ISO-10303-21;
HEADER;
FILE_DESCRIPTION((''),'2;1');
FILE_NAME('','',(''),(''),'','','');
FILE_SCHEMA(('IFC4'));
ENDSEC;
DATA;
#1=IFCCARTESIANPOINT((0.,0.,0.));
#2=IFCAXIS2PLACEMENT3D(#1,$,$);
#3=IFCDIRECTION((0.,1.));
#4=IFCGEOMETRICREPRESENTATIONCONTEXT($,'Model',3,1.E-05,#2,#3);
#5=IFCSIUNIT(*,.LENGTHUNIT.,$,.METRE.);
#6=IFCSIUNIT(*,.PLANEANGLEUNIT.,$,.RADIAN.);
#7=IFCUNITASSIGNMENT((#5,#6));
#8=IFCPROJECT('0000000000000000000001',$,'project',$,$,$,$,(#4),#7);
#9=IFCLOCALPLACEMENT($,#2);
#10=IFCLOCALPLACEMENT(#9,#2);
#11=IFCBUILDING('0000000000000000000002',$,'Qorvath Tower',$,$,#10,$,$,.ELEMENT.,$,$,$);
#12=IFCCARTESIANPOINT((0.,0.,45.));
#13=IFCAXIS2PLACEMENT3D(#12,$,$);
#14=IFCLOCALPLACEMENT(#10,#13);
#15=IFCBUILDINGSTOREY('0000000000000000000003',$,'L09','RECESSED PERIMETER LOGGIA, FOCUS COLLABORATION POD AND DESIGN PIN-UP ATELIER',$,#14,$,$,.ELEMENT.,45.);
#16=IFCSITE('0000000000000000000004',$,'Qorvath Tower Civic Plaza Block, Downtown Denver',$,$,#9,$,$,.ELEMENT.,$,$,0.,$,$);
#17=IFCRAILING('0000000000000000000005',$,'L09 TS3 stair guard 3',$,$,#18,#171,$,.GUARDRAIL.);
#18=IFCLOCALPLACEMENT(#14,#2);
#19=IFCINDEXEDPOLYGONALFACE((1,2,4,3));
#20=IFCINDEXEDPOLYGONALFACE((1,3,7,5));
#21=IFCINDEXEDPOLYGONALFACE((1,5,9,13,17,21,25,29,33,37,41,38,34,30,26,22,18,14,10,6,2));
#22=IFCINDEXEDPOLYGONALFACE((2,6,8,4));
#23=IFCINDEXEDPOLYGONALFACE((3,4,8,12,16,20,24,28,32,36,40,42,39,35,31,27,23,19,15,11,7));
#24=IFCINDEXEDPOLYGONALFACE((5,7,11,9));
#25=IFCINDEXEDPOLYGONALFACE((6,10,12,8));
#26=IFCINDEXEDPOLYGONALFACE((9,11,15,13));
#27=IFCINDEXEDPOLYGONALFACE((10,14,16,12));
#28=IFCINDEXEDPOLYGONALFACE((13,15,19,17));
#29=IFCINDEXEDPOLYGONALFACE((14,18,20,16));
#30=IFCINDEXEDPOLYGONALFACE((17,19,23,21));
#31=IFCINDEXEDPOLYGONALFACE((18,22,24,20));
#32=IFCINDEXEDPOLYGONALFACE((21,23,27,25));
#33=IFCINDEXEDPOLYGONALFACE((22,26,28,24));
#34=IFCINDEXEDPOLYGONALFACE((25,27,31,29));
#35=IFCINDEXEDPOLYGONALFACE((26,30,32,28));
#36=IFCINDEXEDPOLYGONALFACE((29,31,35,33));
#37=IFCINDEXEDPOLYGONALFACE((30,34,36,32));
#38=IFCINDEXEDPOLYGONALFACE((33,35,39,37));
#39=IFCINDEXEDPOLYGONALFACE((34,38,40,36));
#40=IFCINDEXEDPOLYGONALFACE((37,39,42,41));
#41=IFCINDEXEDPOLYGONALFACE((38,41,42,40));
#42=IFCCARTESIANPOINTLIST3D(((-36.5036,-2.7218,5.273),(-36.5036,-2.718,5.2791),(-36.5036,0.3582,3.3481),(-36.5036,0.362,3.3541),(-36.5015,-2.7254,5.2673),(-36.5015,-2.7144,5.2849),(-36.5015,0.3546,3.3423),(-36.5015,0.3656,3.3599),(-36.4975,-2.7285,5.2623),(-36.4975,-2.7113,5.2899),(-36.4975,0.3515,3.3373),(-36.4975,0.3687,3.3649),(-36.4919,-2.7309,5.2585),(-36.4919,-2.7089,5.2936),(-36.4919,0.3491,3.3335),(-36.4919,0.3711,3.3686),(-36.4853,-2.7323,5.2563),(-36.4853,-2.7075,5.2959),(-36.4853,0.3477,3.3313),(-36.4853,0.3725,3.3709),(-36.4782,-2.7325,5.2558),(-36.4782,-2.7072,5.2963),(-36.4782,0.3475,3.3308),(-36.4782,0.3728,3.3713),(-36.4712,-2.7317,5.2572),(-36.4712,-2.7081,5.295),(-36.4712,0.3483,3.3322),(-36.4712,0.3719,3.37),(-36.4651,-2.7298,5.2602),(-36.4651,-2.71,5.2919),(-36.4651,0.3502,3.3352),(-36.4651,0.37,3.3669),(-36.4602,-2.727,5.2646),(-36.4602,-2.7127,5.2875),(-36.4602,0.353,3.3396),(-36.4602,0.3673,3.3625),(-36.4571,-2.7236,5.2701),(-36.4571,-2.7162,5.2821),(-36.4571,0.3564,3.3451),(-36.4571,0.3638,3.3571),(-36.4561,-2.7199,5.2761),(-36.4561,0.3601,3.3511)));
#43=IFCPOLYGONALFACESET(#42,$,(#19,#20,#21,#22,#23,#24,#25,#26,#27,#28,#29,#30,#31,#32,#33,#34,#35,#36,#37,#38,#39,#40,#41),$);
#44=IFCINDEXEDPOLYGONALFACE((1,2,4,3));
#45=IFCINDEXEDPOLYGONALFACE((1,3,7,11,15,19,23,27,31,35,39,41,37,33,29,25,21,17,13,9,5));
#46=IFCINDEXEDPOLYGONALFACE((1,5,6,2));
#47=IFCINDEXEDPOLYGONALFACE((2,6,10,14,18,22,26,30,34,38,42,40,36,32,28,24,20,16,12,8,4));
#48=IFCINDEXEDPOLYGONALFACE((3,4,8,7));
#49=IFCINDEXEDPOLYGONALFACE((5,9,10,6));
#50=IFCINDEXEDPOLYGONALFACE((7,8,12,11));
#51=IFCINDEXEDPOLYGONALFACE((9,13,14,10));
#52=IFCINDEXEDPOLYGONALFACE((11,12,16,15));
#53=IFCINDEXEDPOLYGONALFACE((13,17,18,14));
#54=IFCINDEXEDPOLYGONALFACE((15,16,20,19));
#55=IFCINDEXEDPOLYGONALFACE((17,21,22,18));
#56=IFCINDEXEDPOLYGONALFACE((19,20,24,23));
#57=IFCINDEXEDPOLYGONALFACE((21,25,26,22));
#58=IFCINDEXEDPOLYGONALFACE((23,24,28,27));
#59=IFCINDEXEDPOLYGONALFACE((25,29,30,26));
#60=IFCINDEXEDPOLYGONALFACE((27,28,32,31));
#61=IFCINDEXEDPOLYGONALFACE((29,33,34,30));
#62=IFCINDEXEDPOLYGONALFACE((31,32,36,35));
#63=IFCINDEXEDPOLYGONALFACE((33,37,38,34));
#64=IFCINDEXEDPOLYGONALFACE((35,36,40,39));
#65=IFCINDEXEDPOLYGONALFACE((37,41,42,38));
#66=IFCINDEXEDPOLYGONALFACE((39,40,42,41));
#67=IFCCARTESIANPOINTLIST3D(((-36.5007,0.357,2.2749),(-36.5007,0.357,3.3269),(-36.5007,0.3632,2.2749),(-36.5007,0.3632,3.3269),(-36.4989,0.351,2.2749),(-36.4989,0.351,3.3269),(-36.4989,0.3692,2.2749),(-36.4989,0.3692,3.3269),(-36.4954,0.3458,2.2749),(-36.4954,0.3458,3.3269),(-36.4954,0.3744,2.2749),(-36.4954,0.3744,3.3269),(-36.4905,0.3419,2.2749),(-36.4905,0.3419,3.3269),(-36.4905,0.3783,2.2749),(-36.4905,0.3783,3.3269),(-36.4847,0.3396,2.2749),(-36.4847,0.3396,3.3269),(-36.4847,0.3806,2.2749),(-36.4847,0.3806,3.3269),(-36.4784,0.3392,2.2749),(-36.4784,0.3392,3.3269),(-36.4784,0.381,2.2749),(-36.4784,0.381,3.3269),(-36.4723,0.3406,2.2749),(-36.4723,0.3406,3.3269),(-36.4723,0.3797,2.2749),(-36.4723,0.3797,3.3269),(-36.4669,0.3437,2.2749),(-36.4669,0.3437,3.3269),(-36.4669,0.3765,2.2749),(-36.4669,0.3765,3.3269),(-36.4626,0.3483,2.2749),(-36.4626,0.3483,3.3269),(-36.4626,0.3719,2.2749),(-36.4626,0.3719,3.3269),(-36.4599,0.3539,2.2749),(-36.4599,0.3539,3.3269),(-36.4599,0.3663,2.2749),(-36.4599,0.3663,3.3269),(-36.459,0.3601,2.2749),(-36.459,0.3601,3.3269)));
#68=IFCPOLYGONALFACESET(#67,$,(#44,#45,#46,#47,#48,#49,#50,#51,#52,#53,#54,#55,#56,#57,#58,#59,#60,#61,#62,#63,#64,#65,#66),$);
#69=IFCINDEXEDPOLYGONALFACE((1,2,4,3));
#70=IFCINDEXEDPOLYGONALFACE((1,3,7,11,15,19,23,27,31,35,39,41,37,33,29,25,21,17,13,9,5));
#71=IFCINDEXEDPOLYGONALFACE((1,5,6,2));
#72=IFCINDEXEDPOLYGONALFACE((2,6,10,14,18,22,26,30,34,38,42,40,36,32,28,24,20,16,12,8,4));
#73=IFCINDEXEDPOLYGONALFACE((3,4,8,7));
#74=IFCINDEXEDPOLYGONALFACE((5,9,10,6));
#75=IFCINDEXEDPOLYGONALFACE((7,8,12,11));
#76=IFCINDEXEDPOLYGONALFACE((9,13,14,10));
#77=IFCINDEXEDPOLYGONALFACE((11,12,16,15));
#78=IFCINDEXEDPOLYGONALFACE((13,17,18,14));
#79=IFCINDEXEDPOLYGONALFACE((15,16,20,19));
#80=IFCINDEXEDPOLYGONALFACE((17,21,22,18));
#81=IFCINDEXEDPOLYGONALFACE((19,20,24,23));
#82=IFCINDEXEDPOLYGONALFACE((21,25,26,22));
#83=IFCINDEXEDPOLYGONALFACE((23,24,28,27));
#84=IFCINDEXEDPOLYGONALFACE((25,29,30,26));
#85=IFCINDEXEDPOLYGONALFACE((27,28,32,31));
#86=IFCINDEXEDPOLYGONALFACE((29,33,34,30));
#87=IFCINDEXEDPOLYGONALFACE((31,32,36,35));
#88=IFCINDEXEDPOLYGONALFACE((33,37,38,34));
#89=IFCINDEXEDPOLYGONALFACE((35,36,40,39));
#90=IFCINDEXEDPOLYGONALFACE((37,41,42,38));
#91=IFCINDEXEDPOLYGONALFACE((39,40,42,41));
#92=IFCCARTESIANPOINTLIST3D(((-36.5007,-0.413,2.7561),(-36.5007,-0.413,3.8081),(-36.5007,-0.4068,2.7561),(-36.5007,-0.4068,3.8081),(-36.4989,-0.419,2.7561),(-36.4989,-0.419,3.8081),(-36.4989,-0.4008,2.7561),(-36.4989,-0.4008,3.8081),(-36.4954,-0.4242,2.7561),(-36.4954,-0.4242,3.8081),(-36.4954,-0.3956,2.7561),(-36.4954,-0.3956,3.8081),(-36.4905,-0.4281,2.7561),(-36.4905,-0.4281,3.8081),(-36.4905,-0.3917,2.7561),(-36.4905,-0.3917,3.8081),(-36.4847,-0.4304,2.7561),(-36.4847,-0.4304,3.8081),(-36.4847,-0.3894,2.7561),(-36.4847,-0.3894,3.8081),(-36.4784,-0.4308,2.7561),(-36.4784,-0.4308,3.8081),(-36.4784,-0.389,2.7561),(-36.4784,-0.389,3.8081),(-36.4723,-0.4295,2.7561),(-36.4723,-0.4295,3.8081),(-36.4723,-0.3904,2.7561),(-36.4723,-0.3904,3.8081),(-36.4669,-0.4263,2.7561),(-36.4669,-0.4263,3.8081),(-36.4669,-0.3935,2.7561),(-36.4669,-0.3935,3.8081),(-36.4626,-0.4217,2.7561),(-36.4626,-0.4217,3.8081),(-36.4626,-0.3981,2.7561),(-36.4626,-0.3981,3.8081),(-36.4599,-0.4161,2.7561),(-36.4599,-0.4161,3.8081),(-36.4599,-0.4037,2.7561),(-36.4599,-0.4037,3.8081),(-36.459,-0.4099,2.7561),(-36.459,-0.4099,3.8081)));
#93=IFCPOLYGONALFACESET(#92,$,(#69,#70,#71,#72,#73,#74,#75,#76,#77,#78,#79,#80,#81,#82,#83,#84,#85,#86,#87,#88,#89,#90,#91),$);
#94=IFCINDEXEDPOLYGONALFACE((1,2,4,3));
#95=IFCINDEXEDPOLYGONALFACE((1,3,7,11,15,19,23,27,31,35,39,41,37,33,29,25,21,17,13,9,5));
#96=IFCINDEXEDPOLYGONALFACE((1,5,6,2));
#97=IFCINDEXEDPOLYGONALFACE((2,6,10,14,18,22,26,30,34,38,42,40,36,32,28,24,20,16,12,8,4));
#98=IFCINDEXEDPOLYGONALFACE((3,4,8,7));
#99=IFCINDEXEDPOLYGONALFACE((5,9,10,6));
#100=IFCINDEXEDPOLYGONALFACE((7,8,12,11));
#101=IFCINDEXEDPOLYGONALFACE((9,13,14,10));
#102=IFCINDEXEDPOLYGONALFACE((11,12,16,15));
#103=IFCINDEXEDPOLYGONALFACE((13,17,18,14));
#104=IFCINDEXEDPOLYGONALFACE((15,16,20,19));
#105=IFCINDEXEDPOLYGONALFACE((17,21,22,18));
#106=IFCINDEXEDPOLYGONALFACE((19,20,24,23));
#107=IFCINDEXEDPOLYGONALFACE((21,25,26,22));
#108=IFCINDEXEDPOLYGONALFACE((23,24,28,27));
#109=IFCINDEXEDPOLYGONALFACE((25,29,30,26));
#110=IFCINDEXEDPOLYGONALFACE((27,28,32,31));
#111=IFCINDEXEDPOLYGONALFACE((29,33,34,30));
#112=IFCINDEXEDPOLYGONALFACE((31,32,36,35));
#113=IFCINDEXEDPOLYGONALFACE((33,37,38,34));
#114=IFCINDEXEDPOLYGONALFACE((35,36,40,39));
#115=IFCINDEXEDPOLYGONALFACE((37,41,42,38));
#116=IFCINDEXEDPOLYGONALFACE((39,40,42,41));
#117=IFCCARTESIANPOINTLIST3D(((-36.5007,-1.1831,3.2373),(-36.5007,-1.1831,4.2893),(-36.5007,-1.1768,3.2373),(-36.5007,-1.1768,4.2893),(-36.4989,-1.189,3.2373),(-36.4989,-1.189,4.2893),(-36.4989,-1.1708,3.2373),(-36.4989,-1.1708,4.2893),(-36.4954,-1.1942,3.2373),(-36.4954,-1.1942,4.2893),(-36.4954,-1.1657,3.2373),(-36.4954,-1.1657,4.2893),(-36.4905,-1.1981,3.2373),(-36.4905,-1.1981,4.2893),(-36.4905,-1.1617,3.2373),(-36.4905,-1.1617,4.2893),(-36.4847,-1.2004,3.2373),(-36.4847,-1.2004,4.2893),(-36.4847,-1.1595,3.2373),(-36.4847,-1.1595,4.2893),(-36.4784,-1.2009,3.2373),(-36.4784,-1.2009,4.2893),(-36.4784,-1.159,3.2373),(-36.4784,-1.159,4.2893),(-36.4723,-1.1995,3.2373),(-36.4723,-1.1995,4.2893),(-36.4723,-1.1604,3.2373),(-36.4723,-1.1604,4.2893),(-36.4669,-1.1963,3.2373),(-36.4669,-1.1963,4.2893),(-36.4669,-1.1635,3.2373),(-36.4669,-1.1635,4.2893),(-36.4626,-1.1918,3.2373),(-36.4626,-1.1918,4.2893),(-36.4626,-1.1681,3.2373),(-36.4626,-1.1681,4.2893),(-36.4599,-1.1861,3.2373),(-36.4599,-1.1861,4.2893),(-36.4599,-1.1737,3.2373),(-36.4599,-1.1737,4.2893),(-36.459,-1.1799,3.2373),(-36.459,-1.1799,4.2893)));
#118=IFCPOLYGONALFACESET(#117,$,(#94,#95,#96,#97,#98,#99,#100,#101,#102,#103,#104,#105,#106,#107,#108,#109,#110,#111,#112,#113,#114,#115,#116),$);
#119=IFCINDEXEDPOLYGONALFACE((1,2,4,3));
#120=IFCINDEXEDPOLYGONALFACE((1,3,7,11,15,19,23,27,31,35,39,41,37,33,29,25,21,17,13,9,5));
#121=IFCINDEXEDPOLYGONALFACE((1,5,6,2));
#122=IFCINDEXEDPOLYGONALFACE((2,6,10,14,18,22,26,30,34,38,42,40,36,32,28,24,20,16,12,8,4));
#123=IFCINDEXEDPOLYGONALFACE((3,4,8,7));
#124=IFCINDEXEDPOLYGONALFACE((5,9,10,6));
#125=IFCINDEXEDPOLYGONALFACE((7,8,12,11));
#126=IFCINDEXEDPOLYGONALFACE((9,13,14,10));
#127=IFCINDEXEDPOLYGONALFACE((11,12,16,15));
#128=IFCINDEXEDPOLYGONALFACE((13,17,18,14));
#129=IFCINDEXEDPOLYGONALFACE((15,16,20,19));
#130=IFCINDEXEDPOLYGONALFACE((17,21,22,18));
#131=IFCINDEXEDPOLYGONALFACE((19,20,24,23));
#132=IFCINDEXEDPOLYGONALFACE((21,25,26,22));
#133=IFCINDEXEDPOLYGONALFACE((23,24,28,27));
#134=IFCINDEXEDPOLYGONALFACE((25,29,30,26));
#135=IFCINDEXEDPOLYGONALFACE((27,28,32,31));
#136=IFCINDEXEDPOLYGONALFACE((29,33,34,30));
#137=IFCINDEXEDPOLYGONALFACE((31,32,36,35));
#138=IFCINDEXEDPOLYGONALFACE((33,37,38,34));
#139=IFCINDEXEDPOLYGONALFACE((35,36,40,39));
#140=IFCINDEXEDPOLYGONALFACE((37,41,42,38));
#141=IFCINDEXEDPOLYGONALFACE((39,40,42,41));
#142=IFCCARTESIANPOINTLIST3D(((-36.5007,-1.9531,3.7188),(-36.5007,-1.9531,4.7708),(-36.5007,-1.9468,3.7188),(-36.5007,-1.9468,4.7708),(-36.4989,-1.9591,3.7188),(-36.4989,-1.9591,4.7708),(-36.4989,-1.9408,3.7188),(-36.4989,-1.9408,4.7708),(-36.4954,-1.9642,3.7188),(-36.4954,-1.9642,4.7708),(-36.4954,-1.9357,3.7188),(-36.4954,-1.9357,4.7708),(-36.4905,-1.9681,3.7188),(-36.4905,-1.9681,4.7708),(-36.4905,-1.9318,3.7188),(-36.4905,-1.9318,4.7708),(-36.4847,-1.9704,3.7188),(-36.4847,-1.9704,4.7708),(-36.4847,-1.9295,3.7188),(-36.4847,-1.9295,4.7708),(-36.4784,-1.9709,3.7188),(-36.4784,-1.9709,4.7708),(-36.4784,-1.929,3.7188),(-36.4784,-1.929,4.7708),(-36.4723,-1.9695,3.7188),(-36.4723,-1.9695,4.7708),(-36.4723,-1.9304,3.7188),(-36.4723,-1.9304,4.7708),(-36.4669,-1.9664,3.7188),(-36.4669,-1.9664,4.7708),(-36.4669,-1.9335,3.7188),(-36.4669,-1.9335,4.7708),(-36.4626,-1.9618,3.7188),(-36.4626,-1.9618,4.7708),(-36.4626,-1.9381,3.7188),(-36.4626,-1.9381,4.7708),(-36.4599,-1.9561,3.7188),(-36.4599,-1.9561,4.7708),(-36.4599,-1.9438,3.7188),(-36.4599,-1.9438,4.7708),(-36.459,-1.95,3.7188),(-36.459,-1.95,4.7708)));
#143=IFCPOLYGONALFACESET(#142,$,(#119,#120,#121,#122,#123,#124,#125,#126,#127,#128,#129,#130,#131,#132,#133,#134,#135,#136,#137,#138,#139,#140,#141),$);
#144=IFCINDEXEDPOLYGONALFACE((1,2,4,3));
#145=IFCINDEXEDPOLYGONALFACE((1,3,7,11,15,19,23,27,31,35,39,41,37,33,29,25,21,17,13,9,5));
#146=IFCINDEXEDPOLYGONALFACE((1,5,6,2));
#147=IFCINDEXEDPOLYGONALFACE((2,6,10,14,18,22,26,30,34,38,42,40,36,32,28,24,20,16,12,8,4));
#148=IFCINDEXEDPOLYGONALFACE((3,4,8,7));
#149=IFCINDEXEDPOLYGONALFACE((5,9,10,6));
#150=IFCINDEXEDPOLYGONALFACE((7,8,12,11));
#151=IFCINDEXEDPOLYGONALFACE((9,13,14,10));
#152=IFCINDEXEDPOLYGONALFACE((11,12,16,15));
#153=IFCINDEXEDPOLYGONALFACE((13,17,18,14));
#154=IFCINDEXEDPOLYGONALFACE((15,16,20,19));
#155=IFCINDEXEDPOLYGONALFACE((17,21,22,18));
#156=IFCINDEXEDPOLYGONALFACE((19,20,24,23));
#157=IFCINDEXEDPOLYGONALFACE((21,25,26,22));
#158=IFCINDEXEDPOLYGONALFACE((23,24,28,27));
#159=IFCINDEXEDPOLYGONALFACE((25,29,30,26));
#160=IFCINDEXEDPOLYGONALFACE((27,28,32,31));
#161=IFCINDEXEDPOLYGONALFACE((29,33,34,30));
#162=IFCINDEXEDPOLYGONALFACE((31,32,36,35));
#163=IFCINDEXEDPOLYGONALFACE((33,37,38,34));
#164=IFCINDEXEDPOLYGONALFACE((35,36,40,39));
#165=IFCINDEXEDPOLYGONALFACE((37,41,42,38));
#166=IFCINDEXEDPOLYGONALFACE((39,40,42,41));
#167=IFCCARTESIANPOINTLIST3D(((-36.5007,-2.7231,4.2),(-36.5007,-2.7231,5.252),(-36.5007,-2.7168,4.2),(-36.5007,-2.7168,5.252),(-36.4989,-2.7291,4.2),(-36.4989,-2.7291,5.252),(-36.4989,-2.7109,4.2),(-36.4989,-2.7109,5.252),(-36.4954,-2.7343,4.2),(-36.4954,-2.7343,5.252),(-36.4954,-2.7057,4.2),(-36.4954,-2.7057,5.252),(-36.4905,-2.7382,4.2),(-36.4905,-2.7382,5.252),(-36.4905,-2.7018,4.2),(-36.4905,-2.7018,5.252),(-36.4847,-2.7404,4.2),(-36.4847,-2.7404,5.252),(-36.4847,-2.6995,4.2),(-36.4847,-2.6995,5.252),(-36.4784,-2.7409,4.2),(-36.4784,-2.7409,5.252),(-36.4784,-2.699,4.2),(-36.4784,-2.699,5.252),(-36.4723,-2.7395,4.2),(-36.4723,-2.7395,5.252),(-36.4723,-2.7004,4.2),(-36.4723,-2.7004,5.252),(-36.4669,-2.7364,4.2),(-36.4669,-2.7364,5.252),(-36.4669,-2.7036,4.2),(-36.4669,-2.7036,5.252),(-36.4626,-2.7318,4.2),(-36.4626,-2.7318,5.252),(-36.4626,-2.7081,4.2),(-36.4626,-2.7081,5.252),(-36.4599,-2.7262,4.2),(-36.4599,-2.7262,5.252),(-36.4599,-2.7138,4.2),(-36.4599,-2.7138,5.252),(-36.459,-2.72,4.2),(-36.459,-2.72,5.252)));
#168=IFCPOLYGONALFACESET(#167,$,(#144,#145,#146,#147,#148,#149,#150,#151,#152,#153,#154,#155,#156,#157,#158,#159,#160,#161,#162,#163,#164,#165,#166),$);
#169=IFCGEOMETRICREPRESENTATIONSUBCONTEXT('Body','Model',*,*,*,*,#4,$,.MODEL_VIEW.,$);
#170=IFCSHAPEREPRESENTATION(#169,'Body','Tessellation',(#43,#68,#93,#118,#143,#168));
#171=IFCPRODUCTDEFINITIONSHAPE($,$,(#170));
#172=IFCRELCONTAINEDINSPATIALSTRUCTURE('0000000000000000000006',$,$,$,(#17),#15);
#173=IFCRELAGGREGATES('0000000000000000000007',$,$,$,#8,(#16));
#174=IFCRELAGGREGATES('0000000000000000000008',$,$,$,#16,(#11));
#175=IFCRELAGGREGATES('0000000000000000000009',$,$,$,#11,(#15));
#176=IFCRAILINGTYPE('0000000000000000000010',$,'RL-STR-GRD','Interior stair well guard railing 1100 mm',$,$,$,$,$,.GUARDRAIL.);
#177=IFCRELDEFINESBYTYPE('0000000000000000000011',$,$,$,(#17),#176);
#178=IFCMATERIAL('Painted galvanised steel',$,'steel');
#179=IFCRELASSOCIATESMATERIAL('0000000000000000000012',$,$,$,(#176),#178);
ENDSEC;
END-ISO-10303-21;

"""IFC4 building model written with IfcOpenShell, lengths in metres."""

from ifc_helpers import new_model, si_unit, direction, frame, origin, origin_2d, place, context, subcontext, project, spatial, circle, extrude, material, type_object, element, save


model = new_model("IFC4")

# Units and contexts
model_context = context("Model", 3, precision=1e-05, world=origin(), true_north=direction((0.0, 1.0)))
body_context = subcontext(model_context, "Body", "Model", "MODEL_VIEW")
ifc_project = project(units=[si_unit("LENGTHUNIT", "METRE"), si_unit("PLANEANGLEUNIT", "RADIAN")], contexts=[model_context])

# Site, building, storey
site_placement = place(None, origin())
site = spatial("IfcSite", under=ifc_project, at=site_placement, Name="Qorvath Tower Civic Plaza Block, Downtown Denver", CompositionType="ELEMENT", RefElevation=0.0)
building_placement = place(site_placement, origin())
building = spatial("IfcBuilding", under=site, at=building_placement, Name="Qorvath Tower", CompositionType="ELEMENT")
storey_placement = place(building_placement, frame((0.0, 0.0, 45.0)))
storey = spatial("IfcBuildingStorey", under=building, at=storey_placement, Name="L09", Description="RECESSED PERIMETER LOGGIA, FOCUS COLLABORATION POD AND DESIGN PIN-UP ATELIER", CompositionType="ELEMENT", Elevation=45.0)

# Railing
ifc_material_1 = material(Name="Painted galvanised steel", Category="steel")
railing_type_1 = type_object("IfcRailingType", Name="RL-STR-GRD", Description="Interior stair well guard railing 1100 mm", PredefinedType="GUARDRAIL", material=ifc_material_1)
railing_1_placement = place(storey_placement, frame((-36.48, 0.3601, 2.2749)))
element("IfcRailing", 1, at=railing_1_placement, inside=storey, type_object=railing_type_1, Name="L09 TS3 stair guard 3", PredefinedType="GUARDRAIL", context=body_context, shape_type="SweptSolid", body=[
    extrude(circle(Radius=0.0239, at=origin_2d()), frame((0.0, 0.0, 1.0762), z_axis=(0.0, -0.847998, 0.529999), x_axis=(1.0, 0.0, 0.0)), (0.0, 0.0, 1.0), 3.6321),
    extrude(circle(Radius=0.021, at=origin_2d()), origin(), (0.0, 0.0, 1.0), 1.052),
    extrude(circle(Radius=0.021, at=origin_2d()), frame((0.0, -0.77, 0.4812)), (0.0, 0.0, 1.0), 1.052),
    extrude(circle(Radius=0.021, at=origin_2d()), frame((0.0, -1.54, 0.9624)), (0.0, 0.0, 1.0), 1.052),
    extrude(circle(Radius=0.021, at=origin_2d()), frame((0.0, -2.3101, 1.4438)), (0.0, 0.0, 1.0), 1.052),
    extrude(circle(Radius=0.021, at=origin_2d()), frame((0.0, -3.0801, 1.925)), (0.0, 0.0, 1.0), 1.052),
])

save(model, "model.ifc")
